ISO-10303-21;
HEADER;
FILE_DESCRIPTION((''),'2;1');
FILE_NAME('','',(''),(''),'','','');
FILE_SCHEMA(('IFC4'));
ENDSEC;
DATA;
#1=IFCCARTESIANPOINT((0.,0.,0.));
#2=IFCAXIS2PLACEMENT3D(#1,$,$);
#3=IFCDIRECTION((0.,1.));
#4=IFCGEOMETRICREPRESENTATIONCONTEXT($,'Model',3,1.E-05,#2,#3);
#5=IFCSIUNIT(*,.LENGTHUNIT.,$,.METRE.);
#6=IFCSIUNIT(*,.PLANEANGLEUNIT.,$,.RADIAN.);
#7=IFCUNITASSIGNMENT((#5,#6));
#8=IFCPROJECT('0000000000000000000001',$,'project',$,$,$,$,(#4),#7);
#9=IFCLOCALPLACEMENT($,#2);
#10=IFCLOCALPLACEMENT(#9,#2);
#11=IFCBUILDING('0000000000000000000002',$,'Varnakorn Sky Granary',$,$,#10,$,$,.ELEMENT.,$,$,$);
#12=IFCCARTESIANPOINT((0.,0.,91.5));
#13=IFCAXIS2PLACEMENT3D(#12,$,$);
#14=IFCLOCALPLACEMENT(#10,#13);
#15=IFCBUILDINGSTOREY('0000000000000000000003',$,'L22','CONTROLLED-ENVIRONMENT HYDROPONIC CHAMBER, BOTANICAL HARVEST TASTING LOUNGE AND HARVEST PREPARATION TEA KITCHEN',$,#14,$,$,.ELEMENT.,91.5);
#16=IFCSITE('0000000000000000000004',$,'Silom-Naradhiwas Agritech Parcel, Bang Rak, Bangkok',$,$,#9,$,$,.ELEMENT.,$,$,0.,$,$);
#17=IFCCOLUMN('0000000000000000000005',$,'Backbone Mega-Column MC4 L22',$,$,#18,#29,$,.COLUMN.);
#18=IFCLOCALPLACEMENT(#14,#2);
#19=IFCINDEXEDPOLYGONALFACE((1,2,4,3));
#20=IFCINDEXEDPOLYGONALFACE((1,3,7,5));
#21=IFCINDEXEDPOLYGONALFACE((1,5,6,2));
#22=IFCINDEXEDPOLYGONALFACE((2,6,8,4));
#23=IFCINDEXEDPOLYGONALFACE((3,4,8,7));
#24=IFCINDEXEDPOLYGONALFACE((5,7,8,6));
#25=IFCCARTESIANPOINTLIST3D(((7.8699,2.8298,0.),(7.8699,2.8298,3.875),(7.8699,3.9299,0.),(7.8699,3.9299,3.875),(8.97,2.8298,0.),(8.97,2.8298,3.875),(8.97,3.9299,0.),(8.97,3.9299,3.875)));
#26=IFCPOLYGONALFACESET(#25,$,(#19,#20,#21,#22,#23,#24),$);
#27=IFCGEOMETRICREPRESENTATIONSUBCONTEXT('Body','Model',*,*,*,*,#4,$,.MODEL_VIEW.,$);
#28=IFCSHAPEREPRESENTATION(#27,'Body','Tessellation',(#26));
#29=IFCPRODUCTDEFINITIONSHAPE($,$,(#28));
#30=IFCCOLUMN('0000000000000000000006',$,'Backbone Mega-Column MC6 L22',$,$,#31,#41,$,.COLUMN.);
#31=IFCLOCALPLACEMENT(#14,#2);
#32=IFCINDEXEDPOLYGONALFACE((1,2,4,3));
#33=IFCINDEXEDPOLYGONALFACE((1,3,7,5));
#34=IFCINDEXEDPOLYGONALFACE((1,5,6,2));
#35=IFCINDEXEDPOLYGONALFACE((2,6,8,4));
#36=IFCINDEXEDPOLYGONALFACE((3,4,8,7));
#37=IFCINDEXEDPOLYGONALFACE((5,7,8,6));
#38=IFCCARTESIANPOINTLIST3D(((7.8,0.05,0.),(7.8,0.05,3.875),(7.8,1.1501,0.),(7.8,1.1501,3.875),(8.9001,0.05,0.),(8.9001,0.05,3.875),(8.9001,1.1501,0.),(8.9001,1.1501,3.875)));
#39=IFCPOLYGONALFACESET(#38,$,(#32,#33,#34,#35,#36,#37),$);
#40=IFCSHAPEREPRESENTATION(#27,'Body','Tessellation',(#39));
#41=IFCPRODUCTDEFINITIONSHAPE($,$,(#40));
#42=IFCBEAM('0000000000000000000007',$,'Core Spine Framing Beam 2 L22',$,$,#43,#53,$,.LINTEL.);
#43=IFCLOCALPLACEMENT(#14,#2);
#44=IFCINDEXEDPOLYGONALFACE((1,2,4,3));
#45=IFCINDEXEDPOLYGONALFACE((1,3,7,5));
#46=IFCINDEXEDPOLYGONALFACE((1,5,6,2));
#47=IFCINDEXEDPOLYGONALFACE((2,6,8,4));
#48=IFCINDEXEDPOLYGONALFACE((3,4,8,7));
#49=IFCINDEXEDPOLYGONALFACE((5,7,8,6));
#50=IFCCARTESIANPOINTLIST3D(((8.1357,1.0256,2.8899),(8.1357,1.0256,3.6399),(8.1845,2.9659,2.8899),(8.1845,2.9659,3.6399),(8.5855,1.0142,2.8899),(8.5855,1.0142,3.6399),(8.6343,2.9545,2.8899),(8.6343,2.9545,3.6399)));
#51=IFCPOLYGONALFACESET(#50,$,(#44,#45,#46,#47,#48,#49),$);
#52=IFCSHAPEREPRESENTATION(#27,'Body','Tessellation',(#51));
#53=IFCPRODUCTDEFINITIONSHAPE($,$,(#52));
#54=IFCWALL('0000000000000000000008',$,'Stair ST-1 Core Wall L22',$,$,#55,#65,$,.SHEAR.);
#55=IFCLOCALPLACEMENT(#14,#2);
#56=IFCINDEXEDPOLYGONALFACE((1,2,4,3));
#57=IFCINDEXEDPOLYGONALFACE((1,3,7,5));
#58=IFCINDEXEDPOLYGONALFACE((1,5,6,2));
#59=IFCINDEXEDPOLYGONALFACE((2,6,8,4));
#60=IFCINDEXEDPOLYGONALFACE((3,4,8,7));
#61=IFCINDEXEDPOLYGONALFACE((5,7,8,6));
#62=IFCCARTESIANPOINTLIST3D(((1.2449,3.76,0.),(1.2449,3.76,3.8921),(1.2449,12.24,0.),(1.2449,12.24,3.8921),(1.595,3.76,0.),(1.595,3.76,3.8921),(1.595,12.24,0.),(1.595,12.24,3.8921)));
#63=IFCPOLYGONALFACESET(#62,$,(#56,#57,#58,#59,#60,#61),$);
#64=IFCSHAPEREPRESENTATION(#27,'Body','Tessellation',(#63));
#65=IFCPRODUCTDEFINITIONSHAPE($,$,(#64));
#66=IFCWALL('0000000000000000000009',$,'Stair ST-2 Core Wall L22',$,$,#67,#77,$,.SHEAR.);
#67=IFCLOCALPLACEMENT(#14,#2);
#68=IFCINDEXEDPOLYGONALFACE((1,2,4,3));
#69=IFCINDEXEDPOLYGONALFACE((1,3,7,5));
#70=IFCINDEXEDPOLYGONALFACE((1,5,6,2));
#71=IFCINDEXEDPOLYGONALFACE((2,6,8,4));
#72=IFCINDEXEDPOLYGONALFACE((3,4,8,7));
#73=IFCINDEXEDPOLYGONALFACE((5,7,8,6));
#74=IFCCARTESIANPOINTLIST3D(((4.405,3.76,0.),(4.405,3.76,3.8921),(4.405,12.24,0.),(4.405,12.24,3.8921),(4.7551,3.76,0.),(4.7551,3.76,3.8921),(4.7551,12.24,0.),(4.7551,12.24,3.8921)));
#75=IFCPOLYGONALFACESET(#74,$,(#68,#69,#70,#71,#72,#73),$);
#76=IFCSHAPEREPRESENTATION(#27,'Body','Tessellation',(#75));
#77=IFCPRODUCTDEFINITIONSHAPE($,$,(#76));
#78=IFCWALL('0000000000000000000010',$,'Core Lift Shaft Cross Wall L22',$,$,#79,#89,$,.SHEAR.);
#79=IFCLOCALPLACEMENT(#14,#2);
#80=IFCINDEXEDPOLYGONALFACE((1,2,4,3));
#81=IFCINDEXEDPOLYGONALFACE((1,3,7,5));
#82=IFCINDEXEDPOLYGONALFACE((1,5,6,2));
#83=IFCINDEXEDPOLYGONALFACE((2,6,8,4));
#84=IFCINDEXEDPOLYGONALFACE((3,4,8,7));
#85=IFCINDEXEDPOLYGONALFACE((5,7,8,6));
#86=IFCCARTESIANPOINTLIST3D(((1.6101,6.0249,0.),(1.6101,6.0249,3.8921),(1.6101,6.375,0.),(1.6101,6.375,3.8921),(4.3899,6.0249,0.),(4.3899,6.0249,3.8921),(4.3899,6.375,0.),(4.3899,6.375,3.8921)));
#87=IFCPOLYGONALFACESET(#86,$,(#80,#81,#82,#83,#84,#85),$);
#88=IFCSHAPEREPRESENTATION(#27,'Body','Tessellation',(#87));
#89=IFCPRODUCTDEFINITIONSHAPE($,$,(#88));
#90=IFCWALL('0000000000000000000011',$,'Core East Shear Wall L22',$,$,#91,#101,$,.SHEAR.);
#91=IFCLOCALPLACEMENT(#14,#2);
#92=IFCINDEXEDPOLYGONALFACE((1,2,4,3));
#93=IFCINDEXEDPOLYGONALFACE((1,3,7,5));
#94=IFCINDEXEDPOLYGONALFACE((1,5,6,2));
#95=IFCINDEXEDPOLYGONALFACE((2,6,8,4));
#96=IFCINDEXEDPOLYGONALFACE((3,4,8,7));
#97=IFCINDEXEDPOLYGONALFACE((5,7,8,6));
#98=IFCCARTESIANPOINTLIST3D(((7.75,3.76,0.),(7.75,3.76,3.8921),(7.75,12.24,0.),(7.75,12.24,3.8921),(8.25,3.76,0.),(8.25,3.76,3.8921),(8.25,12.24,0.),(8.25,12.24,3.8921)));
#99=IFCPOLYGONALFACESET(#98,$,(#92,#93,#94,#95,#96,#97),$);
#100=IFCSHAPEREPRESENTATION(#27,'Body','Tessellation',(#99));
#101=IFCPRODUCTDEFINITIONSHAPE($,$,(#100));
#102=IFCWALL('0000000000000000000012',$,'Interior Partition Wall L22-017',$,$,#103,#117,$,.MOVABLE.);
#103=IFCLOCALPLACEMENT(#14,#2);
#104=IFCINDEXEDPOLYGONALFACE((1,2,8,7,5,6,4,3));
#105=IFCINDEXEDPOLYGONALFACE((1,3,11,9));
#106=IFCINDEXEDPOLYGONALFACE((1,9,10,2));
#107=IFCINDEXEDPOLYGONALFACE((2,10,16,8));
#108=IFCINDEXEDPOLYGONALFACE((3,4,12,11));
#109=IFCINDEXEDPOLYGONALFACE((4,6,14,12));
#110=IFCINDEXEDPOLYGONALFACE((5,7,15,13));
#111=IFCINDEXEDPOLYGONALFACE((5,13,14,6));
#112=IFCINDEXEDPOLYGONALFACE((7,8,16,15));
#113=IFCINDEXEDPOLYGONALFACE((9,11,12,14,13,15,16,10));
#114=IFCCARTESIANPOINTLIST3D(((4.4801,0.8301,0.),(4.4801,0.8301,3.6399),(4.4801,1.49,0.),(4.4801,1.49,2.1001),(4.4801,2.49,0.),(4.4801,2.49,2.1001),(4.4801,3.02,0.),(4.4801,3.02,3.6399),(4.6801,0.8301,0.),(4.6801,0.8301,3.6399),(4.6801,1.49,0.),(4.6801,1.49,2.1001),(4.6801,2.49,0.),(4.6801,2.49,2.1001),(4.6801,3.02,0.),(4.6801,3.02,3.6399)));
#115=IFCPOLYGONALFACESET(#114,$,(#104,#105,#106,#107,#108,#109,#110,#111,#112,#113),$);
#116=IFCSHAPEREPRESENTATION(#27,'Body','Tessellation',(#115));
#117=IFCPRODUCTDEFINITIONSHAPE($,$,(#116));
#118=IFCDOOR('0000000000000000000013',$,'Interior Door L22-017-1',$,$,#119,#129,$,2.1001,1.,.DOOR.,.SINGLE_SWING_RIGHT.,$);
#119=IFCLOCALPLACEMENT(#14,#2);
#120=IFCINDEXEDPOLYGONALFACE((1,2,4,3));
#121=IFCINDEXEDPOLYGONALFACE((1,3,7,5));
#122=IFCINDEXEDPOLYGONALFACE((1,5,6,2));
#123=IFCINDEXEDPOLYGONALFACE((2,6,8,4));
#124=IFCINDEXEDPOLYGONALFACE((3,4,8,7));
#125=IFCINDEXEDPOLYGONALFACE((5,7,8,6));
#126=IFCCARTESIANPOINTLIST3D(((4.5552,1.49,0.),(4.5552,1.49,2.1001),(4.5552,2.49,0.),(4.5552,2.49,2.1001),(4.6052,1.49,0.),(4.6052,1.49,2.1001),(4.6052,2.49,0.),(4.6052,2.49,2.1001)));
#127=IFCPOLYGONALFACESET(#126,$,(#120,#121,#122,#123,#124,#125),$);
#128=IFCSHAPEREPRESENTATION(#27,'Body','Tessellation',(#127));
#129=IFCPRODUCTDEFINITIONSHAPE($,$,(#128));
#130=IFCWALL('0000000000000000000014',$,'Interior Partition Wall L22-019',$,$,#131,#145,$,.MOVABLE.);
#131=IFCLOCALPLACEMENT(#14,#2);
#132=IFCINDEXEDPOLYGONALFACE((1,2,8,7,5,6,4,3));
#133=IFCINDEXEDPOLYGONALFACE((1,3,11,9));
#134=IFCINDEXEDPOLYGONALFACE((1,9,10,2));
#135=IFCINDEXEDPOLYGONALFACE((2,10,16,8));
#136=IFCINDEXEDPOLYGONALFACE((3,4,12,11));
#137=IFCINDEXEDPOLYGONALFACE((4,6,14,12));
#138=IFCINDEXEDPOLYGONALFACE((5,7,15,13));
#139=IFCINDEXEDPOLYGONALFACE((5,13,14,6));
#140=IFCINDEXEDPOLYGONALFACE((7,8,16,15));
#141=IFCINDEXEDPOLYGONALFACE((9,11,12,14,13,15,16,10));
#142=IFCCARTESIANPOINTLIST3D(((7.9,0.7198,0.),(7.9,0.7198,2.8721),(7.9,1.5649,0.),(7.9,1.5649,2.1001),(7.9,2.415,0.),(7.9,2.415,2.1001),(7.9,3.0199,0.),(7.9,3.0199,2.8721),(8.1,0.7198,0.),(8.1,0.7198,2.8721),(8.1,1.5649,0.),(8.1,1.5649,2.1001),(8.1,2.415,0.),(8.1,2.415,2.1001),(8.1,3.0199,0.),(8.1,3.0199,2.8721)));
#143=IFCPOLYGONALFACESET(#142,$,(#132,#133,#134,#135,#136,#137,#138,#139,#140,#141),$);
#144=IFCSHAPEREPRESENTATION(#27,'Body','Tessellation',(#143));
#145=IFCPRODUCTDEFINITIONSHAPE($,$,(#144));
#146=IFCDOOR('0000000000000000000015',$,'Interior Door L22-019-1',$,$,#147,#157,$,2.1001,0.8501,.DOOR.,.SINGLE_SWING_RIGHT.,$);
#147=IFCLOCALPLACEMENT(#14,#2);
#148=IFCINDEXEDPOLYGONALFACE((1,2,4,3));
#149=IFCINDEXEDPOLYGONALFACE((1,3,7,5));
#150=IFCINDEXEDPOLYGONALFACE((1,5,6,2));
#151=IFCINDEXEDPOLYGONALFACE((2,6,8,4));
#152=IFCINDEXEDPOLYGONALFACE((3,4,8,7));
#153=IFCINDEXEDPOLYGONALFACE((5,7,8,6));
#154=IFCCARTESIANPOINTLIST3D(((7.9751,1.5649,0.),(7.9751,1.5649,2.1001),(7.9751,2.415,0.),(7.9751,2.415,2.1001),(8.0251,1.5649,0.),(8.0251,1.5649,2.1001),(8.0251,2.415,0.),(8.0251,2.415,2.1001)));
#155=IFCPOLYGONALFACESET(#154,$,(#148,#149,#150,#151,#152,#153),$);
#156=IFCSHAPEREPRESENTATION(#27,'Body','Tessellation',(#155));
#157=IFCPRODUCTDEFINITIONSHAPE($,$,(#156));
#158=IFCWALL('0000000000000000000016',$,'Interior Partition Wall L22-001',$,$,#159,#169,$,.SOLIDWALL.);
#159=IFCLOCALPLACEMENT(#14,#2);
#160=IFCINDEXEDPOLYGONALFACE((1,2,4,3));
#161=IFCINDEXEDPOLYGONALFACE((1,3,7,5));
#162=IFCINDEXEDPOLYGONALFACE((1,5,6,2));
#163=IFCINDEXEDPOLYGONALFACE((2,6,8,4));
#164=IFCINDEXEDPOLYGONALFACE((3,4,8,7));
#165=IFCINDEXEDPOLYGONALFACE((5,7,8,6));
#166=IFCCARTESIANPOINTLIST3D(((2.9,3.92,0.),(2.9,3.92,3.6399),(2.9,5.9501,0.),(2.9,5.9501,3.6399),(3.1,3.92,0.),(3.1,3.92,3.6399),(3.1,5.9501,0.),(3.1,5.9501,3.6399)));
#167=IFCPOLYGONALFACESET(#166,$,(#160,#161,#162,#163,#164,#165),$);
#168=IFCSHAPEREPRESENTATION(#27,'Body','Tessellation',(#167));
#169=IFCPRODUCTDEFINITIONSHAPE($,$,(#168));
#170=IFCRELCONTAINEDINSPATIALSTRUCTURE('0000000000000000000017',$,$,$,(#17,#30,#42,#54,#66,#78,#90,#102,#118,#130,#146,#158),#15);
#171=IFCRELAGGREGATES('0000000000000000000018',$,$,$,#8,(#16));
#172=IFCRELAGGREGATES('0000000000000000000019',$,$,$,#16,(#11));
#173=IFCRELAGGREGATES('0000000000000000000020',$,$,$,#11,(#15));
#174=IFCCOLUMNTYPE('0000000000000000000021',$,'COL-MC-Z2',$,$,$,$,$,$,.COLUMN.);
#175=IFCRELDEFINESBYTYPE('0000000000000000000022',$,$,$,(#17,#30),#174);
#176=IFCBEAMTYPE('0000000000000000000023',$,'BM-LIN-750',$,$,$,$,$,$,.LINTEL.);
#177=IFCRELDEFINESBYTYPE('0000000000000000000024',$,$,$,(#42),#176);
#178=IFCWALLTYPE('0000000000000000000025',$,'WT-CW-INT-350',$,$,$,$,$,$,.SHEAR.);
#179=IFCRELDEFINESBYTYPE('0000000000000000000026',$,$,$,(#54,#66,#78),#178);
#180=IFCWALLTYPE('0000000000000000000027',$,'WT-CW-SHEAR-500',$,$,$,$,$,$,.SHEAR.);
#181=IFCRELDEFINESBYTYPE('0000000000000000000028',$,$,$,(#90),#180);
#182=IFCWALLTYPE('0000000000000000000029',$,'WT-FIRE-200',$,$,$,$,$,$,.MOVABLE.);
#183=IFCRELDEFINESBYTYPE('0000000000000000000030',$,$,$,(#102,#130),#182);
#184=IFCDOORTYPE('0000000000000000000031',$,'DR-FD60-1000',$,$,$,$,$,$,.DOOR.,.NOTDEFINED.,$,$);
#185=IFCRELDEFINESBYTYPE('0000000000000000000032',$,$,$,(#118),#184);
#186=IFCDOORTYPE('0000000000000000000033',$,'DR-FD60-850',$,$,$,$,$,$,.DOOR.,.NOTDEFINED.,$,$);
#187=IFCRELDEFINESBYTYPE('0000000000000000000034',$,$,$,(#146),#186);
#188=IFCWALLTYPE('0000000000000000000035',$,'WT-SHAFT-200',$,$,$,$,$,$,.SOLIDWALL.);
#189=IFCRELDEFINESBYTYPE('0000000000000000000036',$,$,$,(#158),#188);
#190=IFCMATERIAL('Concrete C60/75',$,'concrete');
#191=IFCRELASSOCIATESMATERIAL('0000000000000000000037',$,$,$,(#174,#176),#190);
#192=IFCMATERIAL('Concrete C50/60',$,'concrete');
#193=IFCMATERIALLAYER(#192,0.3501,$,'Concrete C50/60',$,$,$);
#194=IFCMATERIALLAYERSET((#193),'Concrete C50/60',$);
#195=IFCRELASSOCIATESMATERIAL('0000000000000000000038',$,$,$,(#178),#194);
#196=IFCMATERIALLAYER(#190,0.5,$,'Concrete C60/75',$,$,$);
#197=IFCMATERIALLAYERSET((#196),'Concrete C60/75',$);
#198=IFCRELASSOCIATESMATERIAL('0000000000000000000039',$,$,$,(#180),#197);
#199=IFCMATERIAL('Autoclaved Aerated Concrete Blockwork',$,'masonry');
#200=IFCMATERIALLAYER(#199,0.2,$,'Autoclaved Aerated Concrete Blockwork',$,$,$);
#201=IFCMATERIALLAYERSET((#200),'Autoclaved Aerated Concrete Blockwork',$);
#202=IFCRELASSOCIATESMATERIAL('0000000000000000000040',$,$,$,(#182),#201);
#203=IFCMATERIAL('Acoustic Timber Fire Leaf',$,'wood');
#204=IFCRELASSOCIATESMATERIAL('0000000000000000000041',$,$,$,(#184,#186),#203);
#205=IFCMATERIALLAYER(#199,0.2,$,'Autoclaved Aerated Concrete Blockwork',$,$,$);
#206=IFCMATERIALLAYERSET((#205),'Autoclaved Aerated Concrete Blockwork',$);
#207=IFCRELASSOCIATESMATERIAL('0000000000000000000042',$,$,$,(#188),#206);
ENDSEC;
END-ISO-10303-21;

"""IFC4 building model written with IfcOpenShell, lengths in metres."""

from ifc_helpers import new_model, si_unit, direction, frame, frame_2d, origin, origin_2d, place, context, subcontext, project, spatial, rectangle, extrude, material, layer, layer_set, material_profile, profile_set, type_object, element, fill, save


model = new_model("IFC4")

# Units and contexts
model_context = context("Model", 3, precision=1e-05, world=origin(), true_north=direction((0.0, 1.0)))
body_context = subcontext(model_context, "Body", "Model", "MODEL_VIEW")
ifc_project = project(units=[si_unit("LENGTHUNIT", "METRE"), si_unit("PLANEANGLEUNIT", "RADIAN")], contexts=[model_context])

# Site, building, storey
site_placement = place(None, origin())
site = spatial("IfcSite", under=ifc_project, at=site_placement, Name="Silom-Naradhiwas Agritech Parcel, Bang Rak, Bangkok", CompositionType="ELEMENT", RefElevation=0.0)
building_placement = place(site_placement, origin())
building = spatial("IfcBuilding", under=site, at=building_placement, Name="Varnakorn Sky Granary", CompositionType="ELEMENT")
storey_placement = place(building_placement, frame((0.0, 0.0, 91.5)))
storey = spatial("IfcBuildingStorey", under=building, at=storey_placement, Name="L22", Description="CONTROLLED-ENVIRONMENT HYDROPONIC CHAMBER, BOTANICAL HARVEST TASTING LOUNGE AND HARVEST PREPARATION TEA KITCHEN", CompositionType="ELEMENT", Elevation=91.5)

# Columns
ifc_material_1 = material(Name="Concrete C60/75", Category="concrete")
ifc_material_profile_1 = material_profile(ifc_material_1, rectangle(XDim=1.1001, YDim=1.1001, at=origin_2d()), Name="RC 1100x1100")
ifc_profile_set_1 = profile_set([ifc_material_profile_1], Name="Concrete C60/75")
column_type = type_object("IfcColumnType", Name="COL-MC-Z2", PredefinedType="COLUMN", material=ifc_profile_set_1)
for number, where, z_axis, x_axis, name in (
    (1, (8.4199, 3.3799, 0.0), (0.0, 0.0, 1.0), (1.0, 0.0, 0.0), "Backbone Mega-Column MC4 L22"),
    (2, (8.3501, 0.6001, 0.0), (0.0, 0.0, 1.0), (1.0, 0.0, 0.0), "Backbone Mega-Column MC6 L22"),
):
    element("IfcColumn", number, at=place(storey_placement, frame(where, z_axis=z_axis, x_axis=x_axis)), inside=storey, type_object=column_type, Name=name, PredefinedType="COLUMN", context=body_context, shape_type="SweptSolid", body=[
        extrude(rectangle(XDim=1.1001, YDim=1.1001, at=origin_2d()), origin(), (0.0, 0.0, 1.0), 3.875),
    ])

# Beam
ifc_material_profile_2 = material_profile(ifc_material_1, rectangle(XDim=0.45, YDim=0.75, at=origin_2d()), Name="RC 450x750")
ifc_profile_set_2 = profile_set([ifc_material_profile_2], Name="Concrete C60/75")
beam_type = type_object("IfcBeamType", Name="BM-LIN-750", PredefinedType="LINTEL", material=ifc_profile_set_2)
beam_placement = place(storey_placement, frame((8.4094, 2.9602, 3.2649), z_axis=(-0.025159, -0.999683, 0.0), x_axis=(0.999683, -0.025159, 0.0)))
element("IfcBeam", 3, at=beam_placement, inside=storey, type_object=beam_type, Name="Core Spine Framing Beam 2 L22", PredefinedType="LINTEL", context=body_context, shape_type="SweptSolid", body=[
    extrude(rectangle(XDim=0.45, YDim=0.75, at=origin_2d()), origin(), (0.0, 0.0, 1.0), 1.9409),
])

# Walls
ifc_material_2 = material(Name="Concrete C50/60", Category="concrete")
ifc_layer_1 = layer(ifc_material_2, 0.3501, Name="Concrete C50/60")
ifc_layer_set_1 = layer_set([ifc_layer_1], Name="Concrete C50/60")
wall_type_1 = type_object("IfcWallType", Name="WT-CW-INT-350", PredefinedType="SHEAR", material=ifc_layer_set_1)
for number, where, z_axis, x_axis, name in (
    (4, (1.4199, 3.76, 0.0), (0.0, 0.0, 1.0), (0.0, 1.0, 0.0), "Stair ST-1 Core Wall L22"),
    (5, (4.5801, 3.76, 0.0), (0.0, 0.0, 1.0), (0.0, 1.0, 0.0), "Stair ST-2 Core Wall L22"),
):
    element("IfcWall", number, at=place(storey_placement, frame(where, z_axis=z_axis, x_axis=x_axis)), inside=storey, type_object=wall_type_1, Name=name, PredefinedType="SHEAR", context=body_context, shape_type="SweptSolid", body=[
        extrude(rectangle(XDim=8.48, YDim=0.3501, at=frame_2d((4.24, 0.0))), origin(), (0.0, 0.0, 1.0), 3.8921),
    ])
wall_1_placement = place(storey_placement, frame((1.6101, 6.2, 0.0), z_axis=(0.0, 0.0, 1.0), x_axis=(1.0, 0.0, 0.0)))
element("IfcWall", 6, at=wall_1_placement, inside=storey, type_object=wall_type_1, Name="Core Lift Shaft Cross Wall L22", PredefinedType="SHEAR", context=body_context, shape_type="SweptSolid", body=[
    extrude(rectangle(XDim=2.7798, YDim=0.3501, at=frame_2d((1.3899, 0.0))), origin(), (0.0, 0.0, 1.0), 3.8921),
])
ifc_layer_2 = layer(ifc_material_1, 0.5, Name="Concrete C60/75")
ifc_layer_set_2 = layer_set([ifc_layer_2], Name="Concrete C60/75")
wall_type_2 = type_object("IfcWallType", Name="WT-CW-SHEAR-500", PredefinedType="SHEAR", material=ifc_layer_set_2)
wall_2_placement = place(storey_placement, frame((8.0, 3.76, 0.0), z_axis=(0.0, 0.0, 1.0), x_axis=(0.0, 1.0, 0.0)))
element("IfcWall", 7, at=wall_2_placement, inside=storey, type_object=wall_type_2, Name="Core East Shear Wall L22", PredefinedType="SHEAR", context=body_context, shape_type="SweptSolid", body=[
    extrude(rectangle(XDim=8.48, YDim=0.5, at=frame_2d((4.24, 0.0))), origin(), (0.0, 0.0, 1.0), 3.8921),
])

# Walls, openings, doors
ifc_material_3 = material(Name="Autoclaved Aerated Concrete Blockwork", Category="masonry")
ifc_layer_3 = layer(ifc_material_3, 0.2, Name="Autoclaved Aerated Concrete Blockwork")
ifc_layer_set_3 = layer_set([ifc_layer_3], Name="Autoclaved Aerated Concrete Blockwork")
wall_type_3 = type_object("IfcWallType", Name="WT-FIRE-200", PredefinedType="MOVABLE", material=ifc_layer_set_3)
wall_3_placement = place(storey_placement, frame((4.5801, 0.8301, 0.0), z_axis=(0.0, 0.0, 1.0), x_axis=(0.0, 1.0, 0.0)))
wall_3 = element("IfcWall", 8, at=wall_3_placement, inside=storey, type_object=wall_type_3, Name="Interior Partition Wall L22-017", PredefinedType="MOVABLE", context=body_context, shape_type="SweptSolid", body=[
    extrude(rectangle(XDim=2.1899, YDim=0.2, at=frame_2d((1.095, 0.0))), origin(), (0.0, 0.0, 1.0), 3.6399),
])
opening_1_placement = place(wall_3_placement, frame((0.6599, 0.0, 0.0)))
opening_1 = element("IfcOpeningElement", 9, at=opening_1_placement, cuts=wall_3, PredefinedType="OPENING", context=body_context, shape_type="SweptSolid", body=[
    extrude(rectangle(XDim=1.0, YDim=2.1001, at=frame_2d((0.5, 1.05))), frame((0.0, 0.1099, 0.0), z_axis=(0.0, -1.0, 0.0), x_axis=(1.0, 0.0, 0.0)), (0.0, 0.0, 1.0), 0.22),
])
ifc_material_4 = material(Name="Acoustic Timber Fire Leaf", Category="wood")
door_type_1 = type_object("IfcDoorType", Name="DR-FD60-1000", OperationType="NOTDEFINED", PredefinedType="DOOR", material=ifc_material_4)
door_1_placement = place(opening_1_placement, origin())
door_1 = element("IfcDoor", 10, at=door_1_placement, inside=storey, type_object=door_type_1, Name="Interior Door L22-017-1", OperationType="SINGLE_SWING_RIGHT", OverallHeight=2.1001, OverallWidth=1.0, PredefinedType="DOOR", context=body_context, shape_type="SweptSolid", body=[
    extrude(rectangle(XDim=1.0, YDim=2.1001, at=frame_2d((0.5, 1.05))), frame((0.0, 0.0249, 0.0), z_axis=(0.0, -1.0, 0.0), x_axis=(1.0, 0.0, 0.0)), (0.0, 0.0, 1.0), 0.05),
])
fill(opening_1, door_1)
wall_4_placement = place(storey_placement, frame((8.0, 0.72, 0.0), z_axis=(0.0, 0.0, 1.0), x_axis=(0.0, 1.0, 0.0)))
wall_4 = element("IfcWall", 11, at=wall_4_placement, inside=storey, type_object=wall_type_3, Name="Interior Partition Wall L22-019", PredefinedType="MOVABLE", context=body_context, shape_type="SweptSolid", body=[
    extrude(rectangle(XDim=2.3, YDim=0.2, at=frame_2d((1.1499, 0.0))), origin(), (0.0, 0.0, 1.0), 2.8721),
])
opening_2_placement = place(wall_4_placement, frame((0.845, 0.0, 0.0)))
opening_2 = element("IfcOpeningElement", 12, at=opening_2_placement, cuts=wall_4, PredefinedType="OPENING", context=body_context, shape_type="SweptSolid", body=[
    extrude(rectangle(XDim=0.8501, YDim=2.1001, at=frame_2d((0.425, 1.05))), frame((0.0, 0.1099, 0.0), z_axis=(0.0, -1.0, 0.0), x_axis=(1.0, 0.0, 0.0)), (0.0, 0.0, 1.0), 0.22),
])
door_type_2 = type_object("IfcDoorType", Name="DR-FD60-850", OperationType="NOTDEFINED", PredefinedType="DOOR", material=ifc_material_4)
door_2_placement = place(opening_2_placement, origin())
door_2 = element("IfcDoor", 13, at=door_2_placement, inside=storey, type_object=door_type_2, Name="Interior Door L22-019-1", OperationType="SINGLE_SWING_RIGHT", OverallHeight=2.1001, OverallWidth=0.8501, PredefinedType="DOOR", context=body_context, shape_type="SweptSolid", body=[
    extrude(rectangle(XDim=0.8501, YDim=2.1001, at=frame_2d((0.425, 1.05))), frame((0.0, 0.0249, 0.0), z_axis=(0.0, -1.0, 0.0), x_axis=(1.0, 0.0, 0.0)), (0.0, 0.0, 1.0), 0.05),
])
fill(opening_2, door_2)

# Wall
ifc_layer_4 = layer(ifc_material_3, 0.2, Name="Autoclaved Aerated Concrete Blockwork")
ifc_layer_set_4 = layer_set([ifc_layer_4], Name="Autoclaved Aerated Concrete Blockwork")
wall_type_4 = type_object("IfcWallType", Name="WT-SHAFT-200", PredefinedType="SOLIDWALL", material=ifc_layer_set_4)
wall_5_placement = place(storey_placement, frame((3.0, 3.9199, 0.0), z_axis=(0.0, 0.0, 1.0), x_axis=(0.0, 1.0, 0.0)))
element("IfcWall", 14, at=wall_5_placement, inside=storey, type_object=wall_type_4, Name="Interior Partition Wall L22-001", PredefinedType="SOLIDWALL", context=body_context, shape_type="SweptSolid", body=[
    extrude(rectangle(XDim=2.03, YDim=0.2, at=frame_2d((1.0151, 0.0))), origin(), (0.0, 0.0, 1.0), 3.6399),
])

save(model, "model.ifc")
